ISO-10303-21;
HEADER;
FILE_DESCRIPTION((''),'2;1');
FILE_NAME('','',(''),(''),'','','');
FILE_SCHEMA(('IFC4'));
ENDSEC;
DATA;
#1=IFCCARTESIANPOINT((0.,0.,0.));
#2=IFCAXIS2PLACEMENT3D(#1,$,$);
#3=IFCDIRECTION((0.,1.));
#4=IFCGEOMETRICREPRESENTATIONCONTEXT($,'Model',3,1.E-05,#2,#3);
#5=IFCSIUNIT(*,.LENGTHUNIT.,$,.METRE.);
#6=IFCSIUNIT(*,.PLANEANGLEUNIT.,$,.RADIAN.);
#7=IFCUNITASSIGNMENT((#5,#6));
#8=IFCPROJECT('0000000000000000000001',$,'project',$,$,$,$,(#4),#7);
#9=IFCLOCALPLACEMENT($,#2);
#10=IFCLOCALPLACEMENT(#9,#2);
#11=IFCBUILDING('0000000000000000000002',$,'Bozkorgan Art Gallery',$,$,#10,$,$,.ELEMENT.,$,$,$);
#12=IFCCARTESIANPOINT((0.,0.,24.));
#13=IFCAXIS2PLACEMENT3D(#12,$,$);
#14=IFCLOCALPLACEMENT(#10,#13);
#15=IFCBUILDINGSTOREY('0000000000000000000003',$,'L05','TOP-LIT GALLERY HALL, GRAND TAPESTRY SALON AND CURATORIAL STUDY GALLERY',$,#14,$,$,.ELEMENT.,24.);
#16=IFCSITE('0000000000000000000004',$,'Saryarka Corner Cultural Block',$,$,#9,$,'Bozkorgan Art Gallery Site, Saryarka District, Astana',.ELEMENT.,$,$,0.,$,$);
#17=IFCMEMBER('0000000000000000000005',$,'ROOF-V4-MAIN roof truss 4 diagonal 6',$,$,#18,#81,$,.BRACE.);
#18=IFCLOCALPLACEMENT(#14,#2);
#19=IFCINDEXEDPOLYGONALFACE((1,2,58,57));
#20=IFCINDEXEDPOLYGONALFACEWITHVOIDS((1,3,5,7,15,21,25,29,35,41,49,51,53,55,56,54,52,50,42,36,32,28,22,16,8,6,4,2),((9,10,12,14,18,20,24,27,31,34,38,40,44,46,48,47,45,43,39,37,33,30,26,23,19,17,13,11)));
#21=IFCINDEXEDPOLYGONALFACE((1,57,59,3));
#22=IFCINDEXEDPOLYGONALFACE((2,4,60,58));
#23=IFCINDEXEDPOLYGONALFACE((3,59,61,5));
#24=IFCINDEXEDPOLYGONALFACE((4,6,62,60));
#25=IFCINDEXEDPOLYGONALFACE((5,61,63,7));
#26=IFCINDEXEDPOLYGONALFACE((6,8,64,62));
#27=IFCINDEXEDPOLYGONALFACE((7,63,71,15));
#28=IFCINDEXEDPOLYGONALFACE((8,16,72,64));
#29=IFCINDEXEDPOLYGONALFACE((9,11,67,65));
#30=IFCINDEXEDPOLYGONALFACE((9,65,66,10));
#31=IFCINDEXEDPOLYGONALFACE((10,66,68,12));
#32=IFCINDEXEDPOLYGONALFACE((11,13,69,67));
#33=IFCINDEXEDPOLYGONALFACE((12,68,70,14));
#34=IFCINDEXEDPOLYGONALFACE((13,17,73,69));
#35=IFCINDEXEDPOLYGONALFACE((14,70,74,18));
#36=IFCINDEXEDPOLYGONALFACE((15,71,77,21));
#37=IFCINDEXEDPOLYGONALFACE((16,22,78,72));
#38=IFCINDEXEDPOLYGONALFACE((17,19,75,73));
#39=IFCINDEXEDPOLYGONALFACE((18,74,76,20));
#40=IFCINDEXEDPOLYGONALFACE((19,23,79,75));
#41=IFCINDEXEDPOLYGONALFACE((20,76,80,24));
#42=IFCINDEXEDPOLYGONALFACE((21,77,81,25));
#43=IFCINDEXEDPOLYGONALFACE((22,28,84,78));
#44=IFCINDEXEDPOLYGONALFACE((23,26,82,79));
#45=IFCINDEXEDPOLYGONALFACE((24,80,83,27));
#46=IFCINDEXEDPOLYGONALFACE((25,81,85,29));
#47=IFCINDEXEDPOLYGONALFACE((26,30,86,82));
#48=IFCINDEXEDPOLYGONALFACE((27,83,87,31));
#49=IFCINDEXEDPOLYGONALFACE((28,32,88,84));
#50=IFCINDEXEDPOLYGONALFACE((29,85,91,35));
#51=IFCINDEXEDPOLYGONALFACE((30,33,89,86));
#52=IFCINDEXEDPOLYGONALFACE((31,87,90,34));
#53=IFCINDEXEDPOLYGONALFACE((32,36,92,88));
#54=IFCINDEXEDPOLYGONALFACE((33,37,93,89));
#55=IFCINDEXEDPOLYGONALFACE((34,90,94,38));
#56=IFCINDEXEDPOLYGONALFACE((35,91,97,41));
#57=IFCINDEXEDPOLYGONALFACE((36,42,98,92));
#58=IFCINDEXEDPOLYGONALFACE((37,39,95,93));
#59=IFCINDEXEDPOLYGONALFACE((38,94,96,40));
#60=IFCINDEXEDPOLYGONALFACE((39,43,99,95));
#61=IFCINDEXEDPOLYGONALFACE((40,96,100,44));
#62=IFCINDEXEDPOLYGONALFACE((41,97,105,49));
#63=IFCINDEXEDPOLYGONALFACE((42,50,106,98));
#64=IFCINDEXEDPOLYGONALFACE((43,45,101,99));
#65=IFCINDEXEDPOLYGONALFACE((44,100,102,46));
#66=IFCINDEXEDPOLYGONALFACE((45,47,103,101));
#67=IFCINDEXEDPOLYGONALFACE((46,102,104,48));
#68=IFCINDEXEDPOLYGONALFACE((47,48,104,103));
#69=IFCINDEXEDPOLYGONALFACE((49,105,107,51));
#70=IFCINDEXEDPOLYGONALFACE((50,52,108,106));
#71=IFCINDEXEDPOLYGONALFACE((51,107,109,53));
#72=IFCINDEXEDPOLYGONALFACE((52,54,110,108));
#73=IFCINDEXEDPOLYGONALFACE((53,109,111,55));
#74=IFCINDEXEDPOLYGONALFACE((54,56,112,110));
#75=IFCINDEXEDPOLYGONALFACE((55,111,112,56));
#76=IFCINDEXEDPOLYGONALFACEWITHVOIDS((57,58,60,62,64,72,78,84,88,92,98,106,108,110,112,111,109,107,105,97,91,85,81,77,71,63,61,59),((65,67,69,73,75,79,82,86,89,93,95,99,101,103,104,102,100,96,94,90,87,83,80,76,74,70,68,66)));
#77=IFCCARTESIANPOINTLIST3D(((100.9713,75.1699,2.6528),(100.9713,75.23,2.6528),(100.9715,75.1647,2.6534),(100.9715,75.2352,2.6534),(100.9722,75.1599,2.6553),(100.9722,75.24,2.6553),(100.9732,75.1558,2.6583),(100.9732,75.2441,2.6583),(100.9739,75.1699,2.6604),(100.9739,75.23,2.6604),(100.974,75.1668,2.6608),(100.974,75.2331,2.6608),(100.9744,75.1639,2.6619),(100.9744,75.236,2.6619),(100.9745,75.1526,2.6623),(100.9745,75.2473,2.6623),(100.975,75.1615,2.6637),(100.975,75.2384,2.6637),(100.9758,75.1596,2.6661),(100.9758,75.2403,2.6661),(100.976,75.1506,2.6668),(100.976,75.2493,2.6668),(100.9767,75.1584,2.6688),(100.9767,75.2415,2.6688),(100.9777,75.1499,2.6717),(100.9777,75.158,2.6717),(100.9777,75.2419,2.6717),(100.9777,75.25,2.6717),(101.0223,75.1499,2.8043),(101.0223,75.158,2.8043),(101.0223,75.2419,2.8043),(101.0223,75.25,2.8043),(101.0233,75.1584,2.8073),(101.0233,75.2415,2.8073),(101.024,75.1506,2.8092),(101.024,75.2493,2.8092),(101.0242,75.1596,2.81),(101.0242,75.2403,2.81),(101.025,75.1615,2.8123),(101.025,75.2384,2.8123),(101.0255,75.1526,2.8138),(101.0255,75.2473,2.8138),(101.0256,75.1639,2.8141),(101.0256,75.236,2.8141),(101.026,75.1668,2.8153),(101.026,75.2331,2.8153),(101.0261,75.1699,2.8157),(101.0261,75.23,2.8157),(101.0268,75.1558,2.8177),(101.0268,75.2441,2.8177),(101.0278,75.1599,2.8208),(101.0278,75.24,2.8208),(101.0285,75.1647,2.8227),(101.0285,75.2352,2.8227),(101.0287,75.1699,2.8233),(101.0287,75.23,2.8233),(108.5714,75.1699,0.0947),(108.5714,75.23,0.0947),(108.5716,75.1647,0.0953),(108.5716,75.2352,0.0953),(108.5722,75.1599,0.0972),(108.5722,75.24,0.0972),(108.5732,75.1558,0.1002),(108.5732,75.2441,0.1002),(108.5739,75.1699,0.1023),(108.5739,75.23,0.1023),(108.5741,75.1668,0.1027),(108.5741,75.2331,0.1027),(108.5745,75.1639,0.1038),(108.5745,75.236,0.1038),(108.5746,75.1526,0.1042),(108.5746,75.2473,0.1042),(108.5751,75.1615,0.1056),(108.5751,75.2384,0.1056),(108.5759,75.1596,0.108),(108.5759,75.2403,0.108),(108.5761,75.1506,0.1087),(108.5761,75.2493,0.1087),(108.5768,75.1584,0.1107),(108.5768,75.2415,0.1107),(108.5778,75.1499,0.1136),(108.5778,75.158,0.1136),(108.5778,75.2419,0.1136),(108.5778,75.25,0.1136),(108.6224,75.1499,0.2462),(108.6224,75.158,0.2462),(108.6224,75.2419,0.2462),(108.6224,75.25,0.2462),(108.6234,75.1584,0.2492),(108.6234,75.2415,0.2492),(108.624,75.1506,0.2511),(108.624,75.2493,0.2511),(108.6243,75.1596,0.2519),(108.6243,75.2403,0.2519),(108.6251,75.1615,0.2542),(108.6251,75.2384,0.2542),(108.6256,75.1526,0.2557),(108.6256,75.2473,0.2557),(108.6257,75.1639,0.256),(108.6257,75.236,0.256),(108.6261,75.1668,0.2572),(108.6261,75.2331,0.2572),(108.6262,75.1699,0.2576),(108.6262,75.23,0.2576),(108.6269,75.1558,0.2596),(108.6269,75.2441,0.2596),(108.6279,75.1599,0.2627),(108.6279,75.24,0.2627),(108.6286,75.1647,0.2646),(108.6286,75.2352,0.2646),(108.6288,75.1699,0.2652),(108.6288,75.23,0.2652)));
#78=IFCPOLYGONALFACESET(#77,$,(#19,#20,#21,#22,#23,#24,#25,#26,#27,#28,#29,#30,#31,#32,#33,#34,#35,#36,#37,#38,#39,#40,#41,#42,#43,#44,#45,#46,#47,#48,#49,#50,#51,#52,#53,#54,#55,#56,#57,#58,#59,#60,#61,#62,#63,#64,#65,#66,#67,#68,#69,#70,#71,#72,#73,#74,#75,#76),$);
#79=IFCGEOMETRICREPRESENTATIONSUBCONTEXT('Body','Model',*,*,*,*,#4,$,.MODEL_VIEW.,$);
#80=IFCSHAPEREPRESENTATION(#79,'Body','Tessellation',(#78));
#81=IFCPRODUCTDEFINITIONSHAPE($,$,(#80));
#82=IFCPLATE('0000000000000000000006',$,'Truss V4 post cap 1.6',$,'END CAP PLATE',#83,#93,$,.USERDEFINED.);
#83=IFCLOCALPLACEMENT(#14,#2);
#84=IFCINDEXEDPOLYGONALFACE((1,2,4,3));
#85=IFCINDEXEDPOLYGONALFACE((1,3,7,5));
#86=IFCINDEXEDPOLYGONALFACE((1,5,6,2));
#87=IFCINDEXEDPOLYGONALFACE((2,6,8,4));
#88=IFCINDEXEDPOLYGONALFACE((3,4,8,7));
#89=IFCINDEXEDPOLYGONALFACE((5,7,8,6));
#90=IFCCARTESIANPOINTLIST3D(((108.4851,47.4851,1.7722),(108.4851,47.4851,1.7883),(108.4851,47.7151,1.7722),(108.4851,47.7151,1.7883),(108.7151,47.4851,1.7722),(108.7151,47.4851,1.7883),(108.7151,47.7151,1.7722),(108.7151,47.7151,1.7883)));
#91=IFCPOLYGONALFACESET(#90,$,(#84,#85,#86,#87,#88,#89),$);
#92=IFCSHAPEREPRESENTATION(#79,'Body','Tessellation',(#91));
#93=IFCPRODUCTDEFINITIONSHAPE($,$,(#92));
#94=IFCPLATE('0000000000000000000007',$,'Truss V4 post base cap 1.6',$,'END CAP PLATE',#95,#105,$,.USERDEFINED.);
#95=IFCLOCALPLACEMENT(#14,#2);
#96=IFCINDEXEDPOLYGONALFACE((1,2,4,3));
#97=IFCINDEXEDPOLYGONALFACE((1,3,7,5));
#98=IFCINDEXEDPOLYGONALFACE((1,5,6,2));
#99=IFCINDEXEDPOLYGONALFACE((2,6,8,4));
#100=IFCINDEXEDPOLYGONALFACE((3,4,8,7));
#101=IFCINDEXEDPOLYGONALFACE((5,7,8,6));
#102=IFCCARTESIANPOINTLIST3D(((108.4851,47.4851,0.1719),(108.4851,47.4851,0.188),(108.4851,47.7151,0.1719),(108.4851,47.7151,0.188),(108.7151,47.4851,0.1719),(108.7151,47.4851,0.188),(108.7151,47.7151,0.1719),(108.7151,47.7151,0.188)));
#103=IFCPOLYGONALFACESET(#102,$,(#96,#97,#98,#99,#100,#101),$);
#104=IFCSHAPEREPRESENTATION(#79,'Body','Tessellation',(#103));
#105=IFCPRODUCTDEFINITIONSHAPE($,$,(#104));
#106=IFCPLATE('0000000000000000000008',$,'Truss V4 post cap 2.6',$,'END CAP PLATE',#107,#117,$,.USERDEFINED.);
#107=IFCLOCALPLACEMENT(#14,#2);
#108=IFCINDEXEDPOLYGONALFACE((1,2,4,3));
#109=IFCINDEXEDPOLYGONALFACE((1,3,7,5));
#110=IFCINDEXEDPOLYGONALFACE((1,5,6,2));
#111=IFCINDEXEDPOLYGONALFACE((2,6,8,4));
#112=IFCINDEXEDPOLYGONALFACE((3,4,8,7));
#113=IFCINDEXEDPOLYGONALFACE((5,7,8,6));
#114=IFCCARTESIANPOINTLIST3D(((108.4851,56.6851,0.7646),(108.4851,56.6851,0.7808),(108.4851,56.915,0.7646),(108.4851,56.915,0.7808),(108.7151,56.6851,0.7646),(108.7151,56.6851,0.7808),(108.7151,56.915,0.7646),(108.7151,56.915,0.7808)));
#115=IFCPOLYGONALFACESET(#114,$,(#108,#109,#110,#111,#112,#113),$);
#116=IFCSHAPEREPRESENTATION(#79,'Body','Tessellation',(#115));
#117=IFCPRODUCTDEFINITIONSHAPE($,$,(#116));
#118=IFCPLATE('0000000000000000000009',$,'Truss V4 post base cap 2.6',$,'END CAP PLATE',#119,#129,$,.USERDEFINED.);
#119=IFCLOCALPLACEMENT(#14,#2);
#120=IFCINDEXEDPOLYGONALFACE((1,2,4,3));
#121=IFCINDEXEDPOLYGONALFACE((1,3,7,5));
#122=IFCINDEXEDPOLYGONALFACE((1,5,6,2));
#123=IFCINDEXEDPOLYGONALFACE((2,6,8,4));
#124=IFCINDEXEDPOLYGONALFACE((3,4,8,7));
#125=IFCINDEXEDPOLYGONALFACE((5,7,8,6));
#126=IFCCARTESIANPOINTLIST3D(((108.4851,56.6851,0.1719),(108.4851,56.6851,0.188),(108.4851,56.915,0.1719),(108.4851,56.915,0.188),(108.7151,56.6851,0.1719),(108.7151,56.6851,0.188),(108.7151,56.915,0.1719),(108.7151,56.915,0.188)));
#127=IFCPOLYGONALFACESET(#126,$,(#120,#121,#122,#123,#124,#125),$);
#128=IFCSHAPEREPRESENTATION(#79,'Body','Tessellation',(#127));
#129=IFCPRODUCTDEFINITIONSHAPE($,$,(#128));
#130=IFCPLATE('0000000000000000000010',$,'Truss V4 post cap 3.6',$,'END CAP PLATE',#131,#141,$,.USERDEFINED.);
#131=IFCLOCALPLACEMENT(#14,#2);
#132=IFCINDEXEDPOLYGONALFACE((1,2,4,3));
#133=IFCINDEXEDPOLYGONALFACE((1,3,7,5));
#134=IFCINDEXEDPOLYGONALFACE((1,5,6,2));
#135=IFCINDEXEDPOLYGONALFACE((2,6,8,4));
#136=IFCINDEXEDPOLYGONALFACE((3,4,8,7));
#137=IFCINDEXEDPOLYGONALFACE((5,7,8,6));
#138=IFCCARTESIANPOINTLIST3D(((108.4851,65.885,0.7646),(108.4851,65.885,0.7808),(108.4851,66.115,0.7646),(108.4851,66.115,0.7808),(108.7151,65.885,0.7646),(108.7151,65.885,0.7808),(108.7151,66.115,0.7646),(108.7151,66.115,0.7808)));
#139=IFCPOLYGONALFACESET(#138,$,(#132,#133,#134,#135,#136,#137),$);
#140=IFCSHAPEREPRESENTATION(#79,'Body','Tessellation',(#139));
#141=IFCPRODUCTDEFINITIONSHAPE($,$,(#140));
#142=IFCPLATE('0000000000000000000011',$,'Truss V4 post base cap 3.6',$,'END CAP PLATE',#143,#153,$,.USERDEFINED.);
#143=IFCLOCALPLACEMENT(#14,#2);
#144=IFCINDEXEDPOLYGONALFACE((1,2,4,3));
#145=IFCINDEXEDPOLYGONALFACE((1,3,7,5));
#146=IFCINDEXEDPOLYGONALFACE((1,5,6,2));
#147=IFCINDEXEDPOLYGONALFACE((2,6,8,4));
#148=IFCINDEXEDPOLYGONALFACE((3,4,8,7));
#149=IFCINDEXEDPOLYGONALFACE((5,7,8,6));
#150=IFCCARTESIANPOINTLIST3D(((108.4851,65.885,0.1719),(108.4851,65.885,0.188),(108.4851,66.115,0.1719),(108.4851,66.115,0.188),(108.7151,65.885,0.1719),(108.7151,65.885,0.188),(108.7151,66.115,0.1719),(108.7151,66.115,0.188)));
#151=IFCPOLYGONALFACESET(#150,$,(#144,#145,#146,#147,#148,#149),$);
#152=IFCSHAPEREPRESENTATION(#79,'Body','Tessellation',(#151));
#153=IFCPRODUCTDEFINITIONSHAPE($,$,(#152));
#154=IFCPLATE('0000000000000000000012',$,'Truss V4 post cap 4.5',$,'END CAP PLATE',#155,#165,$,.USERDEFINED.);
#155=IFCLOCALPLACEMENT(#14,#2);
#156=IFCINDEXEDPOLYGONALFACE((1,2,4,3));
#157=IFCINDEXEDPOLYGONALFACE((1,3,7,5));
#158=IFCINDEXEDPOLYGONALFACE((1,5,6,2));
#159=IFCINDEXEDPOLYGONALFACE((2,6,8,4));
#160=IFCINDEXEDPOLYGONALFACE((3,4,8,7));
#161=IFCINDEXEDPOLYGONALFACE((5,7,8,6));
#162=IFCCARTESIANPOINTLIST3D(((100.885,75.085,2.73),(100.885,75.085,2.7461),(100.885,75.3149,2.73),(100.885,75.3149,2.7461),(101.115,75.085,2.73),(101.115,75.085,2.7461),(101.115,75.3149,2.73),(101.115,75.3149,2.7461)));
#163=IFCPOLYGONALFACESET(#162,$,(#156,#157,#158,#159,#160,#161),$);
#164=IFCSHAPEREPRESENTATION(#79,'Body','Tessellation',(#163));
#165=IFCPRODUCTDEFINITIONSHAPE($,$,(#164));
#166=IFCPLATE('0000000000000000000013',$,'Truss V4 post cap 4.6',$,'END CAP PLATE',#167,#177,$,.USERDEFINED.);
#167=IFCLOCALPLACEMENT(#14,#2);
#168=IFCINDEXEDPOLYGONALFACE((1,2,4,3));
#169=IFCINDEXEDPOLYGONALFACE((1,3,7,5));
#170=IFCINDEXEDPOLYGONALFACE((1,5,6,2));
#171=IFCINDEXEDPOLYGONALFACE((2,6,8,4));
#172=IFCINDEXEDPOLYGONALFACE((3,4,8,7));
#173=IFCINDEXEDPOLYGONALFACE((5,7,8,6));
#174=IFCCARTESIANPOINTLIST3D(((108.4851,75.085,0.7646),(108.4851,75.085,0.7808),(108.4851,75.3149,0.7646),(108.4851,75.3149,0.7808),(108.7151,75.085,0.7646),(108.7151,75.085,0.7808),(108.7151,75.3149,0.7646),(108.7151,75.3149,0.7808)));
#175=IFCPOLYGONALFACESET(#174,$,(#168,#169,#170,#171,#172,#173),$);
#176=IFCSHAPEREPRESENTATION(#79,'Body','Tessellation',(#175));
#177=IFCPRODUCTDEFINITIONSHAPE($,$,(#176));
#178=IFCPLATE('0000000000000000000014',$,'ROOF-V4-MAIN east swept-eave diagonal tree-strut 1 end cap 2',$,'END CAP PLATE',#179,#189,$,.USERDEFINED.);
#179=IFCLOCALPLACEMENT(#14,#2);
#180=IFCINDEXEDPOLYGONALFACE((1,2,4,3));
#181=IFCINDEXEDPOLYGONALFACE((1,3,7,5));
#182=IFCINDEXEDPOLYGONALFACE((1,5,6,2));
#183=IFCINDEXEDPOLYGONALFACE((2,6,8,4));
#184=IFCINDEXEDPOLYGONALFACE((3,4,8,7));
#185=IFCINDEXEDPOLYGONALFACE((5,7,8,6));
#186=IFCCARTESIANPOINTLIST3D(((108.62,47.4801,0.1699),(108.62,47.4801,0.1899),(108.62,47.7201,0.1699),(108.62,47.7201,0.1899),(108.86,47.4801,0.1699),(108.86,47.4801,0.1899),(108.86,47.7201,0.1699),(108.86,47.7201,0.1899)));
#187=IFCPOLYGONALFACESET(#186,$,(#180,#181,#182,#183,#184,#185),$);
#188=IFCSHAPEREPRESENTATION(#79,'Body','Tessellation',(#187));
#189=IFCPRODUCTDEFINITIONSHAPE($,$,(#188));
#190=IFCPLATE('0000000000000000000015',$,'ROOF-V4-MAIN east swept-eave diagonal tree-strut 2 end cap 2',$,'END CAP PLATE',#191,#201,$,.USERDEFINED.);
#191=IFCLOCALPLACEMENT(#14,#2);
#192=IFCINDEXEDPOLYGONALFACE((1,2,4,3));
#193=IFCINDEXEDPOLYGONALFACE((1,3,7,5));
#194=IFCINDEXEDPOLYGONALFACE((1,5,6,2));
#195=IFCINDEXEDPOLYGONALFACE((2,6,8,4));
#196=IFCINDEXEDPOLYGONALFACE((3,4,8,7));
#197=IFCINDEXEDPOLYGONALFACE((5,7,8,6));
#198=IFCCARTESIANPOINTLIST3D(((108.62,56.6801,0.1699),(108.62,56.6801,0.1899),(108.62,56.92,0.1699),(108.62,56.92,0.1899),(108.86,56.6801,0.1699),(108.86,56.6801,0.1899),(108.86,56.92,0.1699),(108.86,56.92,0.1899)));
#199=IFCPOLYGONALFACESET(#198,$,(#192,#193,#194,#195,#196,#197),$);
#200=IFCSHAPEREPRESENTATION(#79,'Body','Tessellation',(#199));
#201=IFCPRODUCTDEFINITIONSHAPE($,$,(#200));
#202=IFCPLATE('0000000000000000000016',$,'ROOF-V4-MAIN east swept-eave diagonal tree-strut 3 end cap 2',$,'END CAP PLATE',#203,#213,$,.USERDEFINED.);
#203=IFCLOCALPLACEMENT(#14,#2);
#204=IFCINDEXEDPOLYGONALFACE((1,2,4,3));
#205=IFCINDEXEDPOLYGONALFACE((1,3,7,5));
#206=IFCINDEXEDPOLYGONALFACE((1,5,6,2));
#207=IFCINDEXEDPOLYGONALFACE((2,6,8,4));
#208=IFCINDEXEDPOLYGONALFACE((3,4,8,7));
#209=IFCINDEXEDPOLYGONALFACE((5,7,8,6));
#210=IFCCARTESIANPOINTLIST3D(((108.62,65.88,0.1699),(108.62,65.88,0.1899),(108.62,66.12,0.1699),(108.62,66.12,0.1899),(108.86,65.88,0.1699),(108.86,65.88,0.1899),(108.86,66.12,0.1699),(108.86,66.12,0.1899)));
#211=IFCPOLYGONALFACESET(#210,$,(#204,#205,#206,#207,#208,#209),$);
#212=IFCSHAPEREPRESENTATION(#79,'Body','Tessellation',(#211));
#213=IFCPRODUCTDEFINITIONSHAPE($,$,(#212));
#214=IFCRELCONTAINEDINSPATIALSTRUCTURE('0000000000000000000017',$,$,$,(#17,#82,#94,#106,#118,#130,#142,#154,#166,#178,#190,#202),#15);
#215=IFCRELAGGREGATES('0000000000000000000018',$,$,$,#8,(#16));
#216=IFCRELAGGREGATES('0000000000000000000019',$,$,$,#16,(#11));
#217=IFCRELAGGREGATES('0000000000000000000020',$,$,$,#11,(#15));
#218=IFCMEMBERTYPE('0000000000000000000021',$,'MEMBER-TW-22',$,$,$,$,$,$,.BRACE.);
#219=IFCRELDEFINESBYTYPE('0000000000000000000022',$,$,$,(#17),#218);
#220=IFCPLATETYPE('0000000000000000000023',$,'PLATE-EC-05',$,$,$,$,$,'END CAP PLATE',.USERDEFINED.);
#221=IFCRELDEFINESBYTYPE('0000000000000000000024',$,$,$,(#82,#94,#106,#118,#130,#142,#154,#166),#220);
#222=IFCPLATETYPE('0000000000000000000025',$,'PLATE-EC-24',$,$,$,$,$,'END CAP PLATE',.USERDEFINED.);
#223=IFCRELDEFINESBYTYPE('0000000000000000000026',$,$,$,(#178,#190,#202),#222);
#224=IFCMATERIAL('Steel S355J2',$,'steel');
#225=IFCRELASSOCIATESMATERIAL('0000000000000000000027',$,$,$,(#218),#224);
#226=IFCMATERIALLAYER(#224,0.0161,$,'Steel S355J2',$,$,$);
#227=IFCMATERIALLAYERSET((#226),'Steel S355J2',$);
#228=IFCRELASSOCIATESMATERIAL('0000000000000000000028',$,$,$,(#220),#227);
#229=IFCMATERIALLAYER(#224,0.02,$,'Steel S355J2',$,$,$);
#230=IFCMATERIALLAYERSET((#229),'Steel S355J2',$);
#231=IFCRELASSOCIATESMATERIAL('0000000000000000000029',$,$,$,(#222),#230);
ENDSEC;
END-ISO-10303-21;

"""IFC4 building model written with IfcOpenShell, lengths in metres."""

from ifc_helpers import new_model, si_unit, direction, frame, origin, origin_2d, place, context, subcontext, project, spatial, rectangle, hollow_rectangle, extrude, material, layer, layer_set, material_profile, profile_set, type_object, element, save


model = new_model("IFC4")

# Units and contexts
model_context = context("Model", 3, precision=1e-05, world=origin(), true_north=direction((0.0, 1.0)))
body_context = subcontext(model_context, "Body", "Model", "MODEL_VIEW")
ifc_project = project(units=[si_unit("LENGTHUNIT", "METRE"), si_unit("PLANEANGLEUNIT", "RADIAN")], contexts=[model_context])

# Site, building, storey
site_placement = place(None, origin())
site = spatial("IfcSite", under=ifc_project, at=site_placement, Name="Saryarka Corner Cultural Block", LongName="Bozkorgan Art Gallery Site, Saryarka District, Astana", CompositionType="ELEMENT", RefElevation=0.0)
building_placement = place(site_placement, origin())
building = spatial("IfcBuilding", under=site, at=building_placement, Name="Bozkorgan Art Gallery", CompositionType="ELEMENT")
storey_placement = place(building_placement, frame((0.0, 0.0, 24.0)))
storey = spatial("IfcBuildingStorey", under=building, at=storey_placement, Name="L05", Description="TOP-LIT GALLERY HALL, GRAND TAPESTRY SALON AND CURATORIAL STUDY GALLERY", CompositionType="ELEMENT", Elevation=24.0)

# Shared definitions
ifc_material_1 = material(Name="Steel S355J2", Category="steel")

# Member
ifc_material_profile_1 = material_profile(ifc_material_1, hollow_rectangle(XDim=0.1001, YDim=0.1799, WallThickness=0.0081, InnerFilletRadius=0.012, OuterFilletRadius=0.02, at=origin_2d()), Name="RHS 180x100x8")
ifc_profile_set_1 = profile_set([ifc_material_profile_1], Name="Steel S355J2")
member_type_1 = type_object("IfcMemberType", Name="MEMBER-TW-22", PredefinedType="BRACE", material=ifc_profile_set_1)
for number, where, z_axis, x_axis, name in (
    (1, (101.0, 75.2, 2.738), (0.947754, 0.0, -0.319003), (0.0, 1.0, 0.0), "ROOF-V4-MAIN roof truss 4 diagonal 6"),
):
    element("IfcMember", number, at=place(storey_placement, frame(where, z_axis=z_axis, x_axis=x_axis)), inside=storey, type_object=member_type_1, Name=name, PredefinedType="BRACE", context=body_context, shape_type="SweptSolid", body=[
        extrude(hollow_rectangle(XDim=0.1001, YDim=0.1799, WallThickness=0.0081, InnerFilletRadius=0.012, OuterFilletRadius=0.02, at=origin_2d()), origin(), (0.0, 0.0, 1.0), 8.019),
    ])

# Plates
ifc_layer_1 = layer(ifc_material_1, 0.0161, Name="Steel S355J2")
ifc_layer_set_1 = layer_set([ifc_layer_1], Name="Steel S355J2")
plate_type_1 = type_object("IfcPlateType", Name="PLATE-EC-05", ElementType="END CAP PLATE", PredefinedType="USERDEFINED", material=ifc_layer_set_1)
for number, where, z_axis, x_axis, name in (
    (2, (108.6001, 47.6001, 1.7722), (0.0, 0.0, 1.0), (1.0, 0.0, 0.0), "Truss V4 post cap 1.6"),
    (3, (108.6001, 47.6001, 0.1719), (0.0, 0.0, 1.0), (1.0, 0.0, 0.0), "Truss V4 post base cap 1.6"),
    (4, (108.6001, 56.8, 0.7646), (0.0, 0.0, 1.0), (1.0, 0.0, 0.0), "Truss V4 post cap 2.6"),
    (5, (108.6001, 56.8, 0.1719), (0.0, 0.0, 1.0), (1.0, 0.0, 0.0), "Truss V4 post base cap 2.6"),
    (6, (108.6001, 66.0, 0.7646), (0.0, 0.0, 1.0), (1.0, 0.0, 0.0), "Truss V4 post cap 3.6"),
    (7, (108.6001, 66.0, 0.1719), (0.0, 0.0, 1.0), (1.0, 0.0, 0.0), "Truss V4 post base cap 3.6"),
    (8, (101.0, 75.2, 2.73), (0.0, 0.0, 1.0), (1.0, 0.0, 0.0), "Truss V4 post cap 4.5"),
    (9, (108.6001, 75.2, 0.7646), (0.0, 0.0, 1.0), (1.0, 0.0, 0.0), "Truss V4 post cap 4.6"),
):
    element("IfcPlate", number, at=place(storey_placement, frame(where, z_axis=z_axis, x_axis=x_axis)), inside=storey, type_object=plate_type_1, Name=name, ObjectType="END CAP PLATE", PredefinedType="USERDEFINED", context=body_context, shape_type="SweptSolid", body=[
        extrude(rectangle(XDim=0.23, YDim=0.23, at=origin_2d()), origin(), (0.0, 0.0, 1.0), 0.0161),
    ])
ifc_layer_2 = layer(ifc_material_1, 0.02, Name="Steel S355J2")
ifc_layer_set_2 = layer_set([ifc_layer_2], Name="Steel S355J2")
plate_type_2 = type_object("IfcPlateType", Name="PLATE-EC-24", ElementType="END CAP PLATE", PredefinedType="USERDEFINED", material=ifc_layer_set_2)
for number, where, z_axis, x_axis, name in (
    (10, (108.74, 47.6001, 0.1699), (0.0, 0.0, 1.0), (1.0, 0.0, 0.0), "ROOF-V4-MAIN east swept-eave diagonal tree-strut 1 end cap 2"),
    (11, (108.74, 56.8, 0.1699), (0.0, 0.0, 1.0), (1.0, 0.0, 0.0), "ROOF-V4-MAIN east swept-eave diagonal tree-strut 2 end cap 2"),
    (12, (108.74, 66.0, 0.1699), (0.0, 0.0, 1.0), (1.0, 0.0, 0.0), "ROOF-V4-MAIN east swept-eave diagonal tree-strut 3 end cap 2"),
):
    element("IfcPlate", number, at=place(storey_placement, frame(where, z_axis=z_axis, x_axis=x_axis)), inside=storey, type_object=plate_type_2, Name=name, ObjectType="END CAP PLATE", PredefinedType="USERDEFINED", context=body_context, shape_type="SweptSolid", body=[
        extrude(rectangle(XDim=0.24, YDim=0.24, at=origin_2d()), origin(), (0.0, 0.0, 1.0), 0.02),
    ])

save(model, "model.ifc")
